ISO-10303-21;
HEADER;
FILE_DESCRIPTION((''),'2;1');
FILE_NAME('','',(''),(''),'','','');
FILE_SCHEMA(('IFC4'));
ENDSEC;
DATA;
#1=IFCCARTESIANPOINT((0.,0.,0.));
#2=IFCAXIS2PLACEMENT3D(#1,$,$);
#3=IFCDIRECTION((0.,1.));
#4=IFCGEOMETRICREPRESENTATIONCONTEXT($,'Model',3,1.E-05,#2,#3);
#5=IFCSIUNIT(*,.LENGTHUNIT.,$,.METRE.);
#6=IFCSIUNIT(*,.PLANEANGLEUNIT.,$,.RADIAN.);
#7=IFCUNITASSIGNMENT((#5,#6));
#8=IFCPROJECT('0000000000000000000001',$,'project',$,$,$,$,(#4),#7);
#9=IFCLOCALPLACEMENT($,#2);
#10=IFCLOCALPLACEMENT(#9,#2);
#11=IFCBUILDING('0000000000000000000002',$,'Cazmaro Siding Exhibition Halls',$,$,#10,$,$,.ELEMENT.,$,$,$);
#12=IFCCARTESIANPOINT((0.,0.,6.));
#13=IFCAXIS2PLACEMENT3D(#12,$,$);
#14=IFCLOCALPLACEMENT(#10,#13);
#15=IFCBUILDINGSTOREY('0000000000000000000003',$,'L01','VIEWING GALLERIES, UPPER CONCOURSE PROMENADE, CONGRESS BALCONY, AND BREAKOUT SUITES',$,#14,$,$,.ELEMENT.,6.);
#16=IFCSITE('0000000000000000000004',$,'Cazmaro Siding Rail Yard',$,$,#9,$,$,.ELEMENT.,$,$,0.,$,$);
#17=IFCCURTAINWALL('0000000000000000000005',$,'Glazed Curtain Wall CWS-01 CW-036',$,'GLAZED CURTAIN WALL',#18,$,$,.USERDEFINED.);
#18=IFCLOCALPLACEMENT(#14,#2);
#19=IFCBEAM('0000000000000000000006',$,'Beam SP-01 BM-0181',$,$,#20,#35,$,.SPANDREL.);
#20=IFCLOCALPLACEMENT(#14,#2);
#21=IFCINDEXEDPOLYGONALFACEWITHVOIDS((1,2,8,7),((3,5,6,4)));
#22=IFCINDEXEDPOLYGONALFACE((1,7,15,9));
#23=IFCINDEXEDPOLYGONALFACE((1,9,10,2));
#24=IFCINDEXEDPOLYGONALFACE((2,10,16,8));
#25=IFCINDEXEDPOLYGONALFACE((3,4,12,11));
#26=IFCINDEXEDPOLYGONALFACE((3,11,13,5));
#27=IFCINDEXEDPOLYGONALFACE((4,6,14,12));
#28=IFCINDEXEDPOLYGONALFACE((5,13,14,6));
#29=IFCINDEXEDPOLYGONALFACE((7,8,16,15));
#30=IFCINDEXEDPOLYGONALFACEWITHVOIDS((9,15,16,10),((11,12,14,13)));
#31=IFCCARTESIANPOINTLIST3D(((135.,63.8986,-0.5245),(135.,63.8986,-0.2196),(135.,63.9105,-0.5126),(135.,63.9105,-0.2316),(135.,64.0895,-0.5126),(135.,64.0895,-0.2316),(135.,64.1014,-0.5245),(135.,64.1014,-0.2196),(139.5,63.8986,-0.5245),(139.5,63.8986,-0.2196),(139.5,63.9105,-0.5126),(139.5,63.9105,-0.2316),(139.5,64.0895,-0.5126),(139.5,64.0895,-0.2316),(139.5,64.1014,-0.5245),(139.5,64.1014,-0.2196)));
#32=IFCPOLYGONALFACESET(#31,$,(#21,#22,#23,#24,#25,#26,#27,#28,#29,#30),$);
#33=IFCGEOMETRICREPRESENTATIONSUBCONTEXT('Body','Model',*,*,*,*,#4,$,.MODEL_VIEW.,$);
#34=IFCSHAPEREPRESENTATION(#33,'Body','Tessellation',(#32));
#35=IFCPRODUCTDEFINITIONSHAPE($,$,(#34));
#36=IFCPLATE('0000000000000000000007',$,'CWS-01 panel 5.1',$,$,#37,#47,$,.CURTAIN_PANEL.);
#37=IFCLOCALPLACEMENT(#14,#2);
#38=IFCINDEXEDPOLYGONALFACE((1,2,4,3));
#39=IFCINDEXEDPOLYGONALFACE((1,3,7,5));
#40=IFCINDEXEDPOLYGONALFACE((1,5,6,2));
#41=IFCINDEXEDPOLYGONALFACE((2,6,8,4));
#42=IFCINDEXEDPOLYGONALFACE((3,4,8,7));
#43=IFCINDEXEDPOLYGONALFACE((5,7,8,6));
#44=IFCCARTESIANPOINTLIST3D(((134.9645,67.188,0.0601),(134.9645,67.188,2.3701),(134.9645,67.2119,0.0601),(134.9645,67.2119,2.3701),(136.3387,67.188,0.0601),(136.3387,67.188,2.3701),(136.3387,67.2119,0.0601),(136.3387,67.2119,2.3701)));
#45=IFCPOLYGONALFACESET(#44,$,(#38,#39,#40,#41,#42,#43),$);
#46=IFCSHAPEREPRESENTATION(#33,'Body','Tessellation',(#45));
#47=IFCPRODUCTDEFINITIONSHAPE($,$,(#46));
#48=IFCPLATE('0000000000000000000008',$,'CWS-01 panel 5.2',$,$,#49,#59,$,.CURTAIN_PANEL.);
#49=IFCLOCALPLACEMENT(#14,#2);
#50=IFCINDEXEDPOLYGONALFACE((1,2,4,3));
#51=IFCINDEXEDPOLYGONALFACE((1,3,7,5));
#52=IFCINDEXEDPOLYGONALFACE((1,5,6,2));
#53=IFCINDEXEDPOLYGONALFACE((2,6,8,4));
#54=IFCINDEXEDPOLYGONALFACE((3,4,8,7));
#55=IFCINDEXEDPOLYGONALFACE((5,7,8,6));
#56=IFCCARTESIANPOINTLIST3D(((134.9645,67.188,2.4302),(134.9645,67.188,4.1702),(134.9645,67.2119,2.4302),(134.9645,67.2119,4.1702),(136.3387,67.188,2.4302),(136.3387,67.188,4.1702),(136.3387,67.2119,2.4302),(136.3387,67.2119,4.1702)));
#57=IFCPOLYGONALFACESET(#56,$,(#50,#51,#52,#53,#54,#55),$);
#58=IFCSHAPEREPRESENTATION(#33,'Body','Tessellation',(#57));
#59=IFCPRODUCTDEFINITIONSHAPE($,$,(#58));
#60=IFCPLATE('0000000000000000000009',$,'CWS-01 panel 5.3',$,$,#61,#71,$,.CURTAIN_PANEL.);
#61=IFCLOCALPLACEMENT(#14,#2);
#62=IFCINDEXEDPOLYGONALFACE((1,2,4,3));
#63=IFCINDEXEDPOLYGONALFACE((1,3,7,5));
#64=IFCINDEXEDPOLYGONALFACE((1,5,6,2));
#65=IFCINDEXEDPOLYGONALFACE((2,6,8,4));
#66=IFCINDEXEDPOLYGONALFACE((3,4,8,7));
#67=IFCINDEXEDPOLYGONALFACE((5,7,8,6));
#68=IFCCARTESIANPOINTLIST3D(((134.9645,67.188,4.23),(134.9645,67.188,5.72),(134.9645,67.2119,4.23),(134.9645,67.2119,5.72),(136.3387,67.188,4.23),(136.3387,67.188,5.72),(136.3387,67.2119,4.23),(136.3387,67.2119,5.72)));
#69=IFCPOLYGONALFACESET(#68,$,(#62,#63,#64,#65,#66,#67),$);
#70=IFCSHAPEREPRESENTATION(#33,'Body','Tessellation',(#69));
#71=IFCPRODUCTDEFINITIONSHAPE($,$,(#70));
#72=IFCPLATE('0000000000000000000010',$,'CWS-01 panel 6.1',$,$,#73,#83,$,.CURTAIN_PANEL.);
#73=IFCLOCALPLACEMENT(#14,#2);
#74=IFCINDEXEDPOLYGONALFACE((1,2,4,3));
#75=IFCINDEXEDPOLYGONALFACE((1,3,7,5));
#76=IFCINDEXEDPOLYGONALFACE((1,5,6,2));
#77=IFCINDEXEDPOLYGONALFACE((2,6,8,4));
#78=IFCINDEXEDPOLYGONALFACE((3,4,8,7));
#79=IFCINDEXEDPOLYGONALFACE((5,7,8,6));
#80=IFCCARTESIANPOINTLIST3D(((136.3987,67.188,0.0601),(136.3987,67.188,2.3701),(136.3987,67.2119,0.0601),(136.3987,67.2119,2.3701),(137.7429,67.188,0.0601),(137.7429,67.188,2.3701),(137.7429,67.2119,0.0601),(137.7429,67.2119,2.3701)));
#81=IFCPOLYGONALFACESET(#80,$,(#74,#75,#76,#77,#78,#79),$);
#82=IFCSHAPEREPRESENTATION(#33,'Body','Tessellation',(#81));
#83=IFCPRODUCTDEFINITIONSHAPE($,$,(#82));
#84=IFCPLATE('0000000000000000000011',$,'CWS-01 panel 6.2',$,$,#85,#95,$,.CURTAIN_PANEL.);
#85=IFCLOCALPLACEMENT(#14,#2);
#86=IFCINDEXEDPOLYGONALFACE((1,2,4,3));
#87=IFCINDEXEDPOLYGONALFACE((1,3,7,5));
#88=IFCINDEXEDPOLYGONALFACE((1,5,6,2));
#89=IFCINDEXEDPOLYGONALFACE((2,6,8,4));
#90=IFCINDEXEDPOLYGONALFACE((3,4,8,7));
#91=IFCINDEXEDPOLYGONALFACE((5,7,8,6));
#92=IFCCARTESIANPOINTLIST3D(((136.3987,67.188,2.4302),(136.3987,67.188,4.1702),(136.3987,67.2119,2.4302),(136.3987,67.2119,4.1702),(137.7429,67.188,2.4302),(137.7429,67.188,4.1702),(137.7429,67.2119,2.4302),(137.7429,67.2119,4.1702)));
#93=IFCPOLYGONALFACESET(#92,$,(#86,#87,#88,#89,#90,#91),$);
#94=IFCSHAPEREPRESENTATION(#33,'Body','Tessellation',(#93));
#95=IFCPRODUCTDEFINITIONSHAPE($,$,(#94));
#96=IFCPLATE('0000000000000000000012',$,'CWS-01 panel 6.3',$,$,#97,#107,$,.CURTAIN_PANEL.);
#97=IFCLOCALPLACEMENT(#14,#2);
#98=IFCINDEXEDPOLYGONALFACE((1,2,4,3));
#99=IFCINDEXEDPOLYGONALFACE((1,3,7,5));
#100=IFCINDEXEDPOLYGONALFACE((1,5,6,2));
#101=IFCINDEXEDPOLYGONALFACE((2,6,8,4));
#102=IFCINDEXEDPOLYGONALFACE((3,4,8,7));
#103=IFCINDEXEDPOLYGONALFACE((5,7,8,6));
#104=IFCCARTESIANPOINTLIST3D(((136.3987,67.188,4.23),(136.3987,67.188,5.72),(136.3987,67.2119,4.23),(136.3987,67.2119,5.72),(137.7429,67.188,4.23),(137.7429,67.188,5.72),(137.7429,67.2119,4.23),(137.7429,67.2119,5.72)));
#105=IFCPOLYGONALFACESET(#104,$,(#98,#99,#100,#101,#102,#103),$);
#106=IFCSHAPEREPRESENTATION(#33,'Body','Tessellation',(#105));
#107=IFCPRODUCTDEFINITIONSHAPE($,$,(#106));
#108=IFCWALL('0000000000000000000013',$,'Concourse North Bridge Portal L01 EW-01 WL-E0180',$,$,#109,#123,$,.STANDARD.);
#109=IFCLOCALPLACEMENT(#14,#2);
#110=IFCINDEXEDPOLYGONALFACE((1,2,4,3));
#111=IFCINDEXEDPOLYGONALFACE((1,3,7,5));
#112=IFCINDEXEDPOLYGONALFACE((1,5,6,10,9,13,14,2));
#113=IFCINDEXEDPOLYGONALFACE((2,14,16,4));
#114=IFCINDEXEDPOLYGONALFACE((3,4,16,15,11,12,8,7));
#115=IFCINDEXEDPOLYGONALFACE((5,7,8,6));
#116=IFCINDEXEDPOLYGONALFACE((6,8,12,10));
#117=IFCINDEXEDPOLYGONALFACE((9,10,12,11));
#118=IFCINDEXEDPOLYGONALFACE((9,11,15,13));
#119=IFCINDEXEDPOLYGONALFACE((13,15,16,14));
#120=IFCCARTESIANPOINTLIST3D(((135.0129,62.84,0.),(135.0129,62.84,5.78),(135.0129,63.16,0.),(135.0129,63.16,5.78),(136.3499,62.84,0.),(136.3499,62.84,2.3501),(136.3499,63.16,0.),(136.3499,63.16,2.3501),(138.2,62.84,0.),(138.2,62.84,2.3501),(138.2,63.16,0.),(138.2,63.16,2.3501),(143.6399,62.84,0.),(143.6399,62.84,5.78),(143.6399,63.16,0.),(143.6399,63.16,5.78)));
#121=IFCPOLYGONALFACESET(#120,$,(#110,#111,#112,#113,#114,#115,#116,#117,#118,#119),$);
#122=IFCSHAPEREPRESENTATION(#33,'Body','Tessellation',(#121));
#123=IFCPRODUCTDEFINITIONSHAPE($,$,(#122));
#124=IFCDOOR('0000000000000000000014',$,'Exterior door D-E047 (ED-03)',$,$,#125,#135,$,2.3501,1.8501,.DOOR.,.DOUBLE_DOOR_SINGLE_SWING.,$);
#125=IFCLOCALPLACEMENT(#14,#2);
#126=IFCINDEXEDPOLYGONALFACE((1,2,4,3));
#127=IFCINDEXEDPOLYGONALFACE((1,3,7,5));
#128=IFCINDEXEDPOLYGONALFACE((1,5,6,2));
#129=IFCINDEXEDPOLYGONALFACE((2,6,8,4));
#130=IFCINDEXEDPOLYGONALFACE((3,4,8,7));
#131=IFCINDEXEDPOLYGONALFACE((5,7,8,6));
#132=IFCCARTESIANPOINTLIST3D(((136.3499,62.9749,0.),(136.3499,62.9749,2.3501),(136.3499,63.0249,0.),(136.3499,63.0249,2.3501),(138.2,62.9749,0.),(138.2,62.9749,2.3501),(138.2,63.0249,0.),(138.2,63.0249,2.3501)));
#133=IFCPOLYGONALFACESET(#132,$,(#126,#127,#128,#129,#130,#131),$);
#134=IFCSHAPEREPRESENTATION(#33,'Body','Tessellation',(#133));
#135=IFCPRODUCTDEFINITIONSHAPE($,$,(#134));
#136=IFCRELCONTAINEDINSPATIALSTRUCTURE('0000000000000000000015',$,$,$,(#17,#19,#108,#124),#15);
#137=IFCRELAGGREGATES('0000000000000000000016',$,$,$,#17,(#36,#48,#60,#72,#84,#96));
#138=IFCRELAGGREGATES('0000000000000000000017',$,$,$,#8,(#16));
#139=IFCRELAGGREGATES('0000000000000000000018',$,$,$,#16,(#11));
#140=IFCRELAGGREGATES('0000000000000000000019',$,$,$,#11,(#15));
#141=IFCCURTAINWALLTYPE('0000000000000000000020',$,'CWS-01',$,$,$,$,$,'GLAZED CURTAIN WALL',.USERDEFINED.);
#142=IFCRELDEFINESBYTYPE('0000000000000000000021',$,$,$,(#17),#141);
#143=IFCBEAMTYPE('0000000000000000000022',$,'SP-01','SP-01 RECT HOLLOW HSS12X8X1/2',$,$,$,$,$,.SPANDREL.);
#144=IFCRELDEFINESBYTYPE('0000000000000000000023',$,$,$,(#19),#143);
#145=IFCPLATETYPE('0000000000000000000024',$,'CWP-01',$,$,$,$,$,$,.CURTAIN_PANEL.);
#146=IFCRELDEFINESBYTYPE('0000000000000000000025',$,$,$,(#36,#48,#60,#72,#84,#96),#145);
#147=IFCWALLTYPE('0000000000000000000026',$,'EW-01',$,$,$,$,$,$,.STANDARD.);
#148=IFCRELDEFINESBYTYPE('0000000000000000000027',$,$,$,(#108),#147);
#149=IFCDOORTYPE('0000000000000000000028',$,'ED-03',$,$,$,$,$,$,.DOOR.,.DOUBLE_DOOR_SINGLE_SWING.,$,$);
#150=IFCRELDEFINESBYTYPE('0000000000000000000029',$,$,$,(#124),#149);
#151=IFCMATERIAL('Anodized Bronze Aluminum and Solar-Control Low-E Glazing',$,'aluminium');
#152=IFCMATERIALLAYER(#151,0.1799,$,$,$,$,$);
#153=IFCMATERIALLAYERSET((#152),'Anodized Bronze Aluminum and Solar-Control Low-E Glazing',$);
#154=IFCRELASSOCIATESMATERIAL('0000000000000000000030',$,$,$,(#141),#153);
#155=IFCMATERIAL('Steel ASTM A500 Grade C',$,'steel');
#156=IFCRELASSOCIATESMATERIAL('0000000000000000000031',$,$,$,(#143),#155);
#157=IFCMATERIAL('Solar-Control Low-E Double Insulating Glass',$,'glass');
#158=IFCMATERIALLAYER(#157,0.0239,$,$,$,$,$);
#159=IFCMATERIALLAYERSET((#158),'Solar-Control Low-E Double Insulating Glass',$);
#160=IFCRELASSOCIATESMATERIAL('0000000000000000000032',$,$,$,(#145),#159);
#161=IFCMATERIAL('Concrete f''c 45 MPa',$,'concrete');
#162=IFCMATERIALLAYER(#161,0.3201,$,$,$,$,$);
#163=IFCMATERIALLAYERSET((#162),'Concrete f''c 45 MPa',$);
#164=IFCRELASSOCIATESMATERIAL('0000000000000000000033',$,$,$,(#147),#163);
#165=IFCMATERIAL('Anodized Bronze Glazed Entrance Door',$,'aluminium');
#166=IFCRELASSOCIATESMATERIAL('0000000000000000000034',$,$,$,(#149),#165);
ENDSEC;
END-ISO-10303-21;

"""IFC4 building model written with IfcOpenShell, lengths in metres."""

from ifc_helpers import new_model, si_unit, direction, frame, frame_2d, origin, origin_2d, place, context, subcontext, project, spatial, rectangle, hollow_rectangle, extrude, material, layer, layer_set, material_profile, profile_set, type_object, element, fill, aggregate, save


model = new_model("IFC4")

# Units and contexts
model_context = context("Model", 3, precision=1e-05, world=origin(), true_north=direction((0.0, 1.0)))
body_context = subcontext(model_context, "Body", "Model", "MODEL_VIEW")
ifc_project = project(units=[si_unit("LENGTHUNIT", "METRE"), si_unit("PLANEANGLEUNIT", "RADIAN")], contexts=[model_context])

# Site, building, storey
site_placement = place(None, origin())
site = spatial("IfcSite", under=ifc_project, at=site_placement, Name="Cazmaro Siding Rail Yard", CompositionType="ELEMENT", RefElevation=0.0)
building_placement = place(site_placement, origin())
building = spatial("IfcBuilding", under=site, at=building_placement, Name="Cazmaro Siding Exhibition Halls", CompositionType="ELEMENT")
storey_placement = place(building_placement, frame((0.0, 0.0, 6.0)))
storey = spatial("IfcBuildingStorey", under=building, at=storey_placement, Name="L01", Description="VIEWING GALLERIES, UPPER CONCOURSE PROMENADE, CONGRESS BALCONY, AND BREAKOUT SUITES", CompositionType="ELEMENT", Elevation=6.0)

# Curtain wall
ifc_material_1 = material(Name="Anodized Bronze Aluminum and Solar-Control Low-E Glazing", Category="aluminium")
ifc_layer_1 = layer(ifc_material_1, 0.1799)
ifc_layer_set_1 = layer_set([ifc_layer_1], Name="Anodized Bronze Aluminum and Solar-Control Low-E Glazing")
curtain_wall_type = type_object("IfcCurtainWallType", Name="CWS-01", ElementType="GLAZED CURTAIN WALL", PredefinedType="USERDEFINED", material=ifc_layer_set_1)
curtain_wall_placement = place(storey_placement, origin())
curtain_wall = element("IfcCurtainWall", 1, at=curtain_wall_placement, inside=storey, type_object=curtain_wall_type, Name="Glazed Curtain Wall CWS-01 CW-036", ObjectType="GLAZED CURTAIN WALL", PredefinedType="USERDEFINED")

# Beam
ifc_material_2 = material(Name="Steel ASTM A500 Grade C", Category="steel")
ifc_material_profile_1 = material_profile(ifc_material_2, hollow_rectangle(XDim=0.2029, YDim=0.3049, WallThickness=0.012, at=origin_2d()), Name="HSS12X8X1/2")
ifc_profile_set_1 = profile_set([ifc_material_profile_1], Name="Steel ASTM A500 Grade C")
beam_type_1 = type_object("IfcBeamType", Name="SP-01", Description="SP-01 RECT HOLLOW HSS12X8X1/2", PredefinedType="SPANDREL", material=ifc_profile_set_1)
beam_1_placement = place(storey_placement, frame((135.0, 64.0, -0.3721), z_axis=(1.0, 0.0, 0.0), x_axis=(0.0, 1.0, 0.0)))
element("IfcBeam", 2, at=beam_1_placement, inside=storey, type_object=beam_type_1, Name="Beam SP-01 BM-0181", PredefinedType="SPANDREL", context=body_context, shape_type="SweptSolid", body=[
    extrude(hollow_rectangle(XDim=0.2029, YDim=0.3049, WallThickness=0.012, at=origin_2d()), origin(), (0.0, 0.0, 1.0), 4.5),
])

# Plates
ifc_material_3 = material(Name="Solar-Control Low-E Double Insulating Glass", Category="glass")
ifc_layer_2 = layer(ifc_material_3, 0.0239)
ifc_layer_set_2 = layer_set([ifc_layer_2], Name="Solar-Control Low-E Double Insulating Glass")
plate_type = type_object("IfcPlateType", Name="CWP-01", PredefinedType="CURTAIN_PANEL", material=ifc_layer_set_2)
plate_1_placement = place(storey_placement, frame((135.6516, 67.2, 0.0601), z_axis=(0.0, 0.0, 1.0), x_axis=(1.0, 0.0, 0.0)))
plate_1 = element("IfcPlate", 3, at=plate_1_placement, type_object=plate_type, Name="CWS-01 panel 5.1", PredefinedType="CURTAIN_PANEL", context=body_context, shape_type="SweptSolid", body=[
    extrude(rectangle(XDim=1.3743, YDim=0.0239, at=origin_2d()), origin(), (0.0, 0.0, 1.0), 2.3101),
])
plate_2_placement = place(storey_placement, frame((135.6516, 67.2, 2.4302), z_axis=(0.0, 0.0, 1.0), x_axis=(1.0, 0.0, 0.0)))
plate_2 = element("IfcPlate", 4, at=plate_2_placement, type_object=plate_type, Name="CWS-01 panel 5.2", PredefinedType="CURTAIN_PANEL", context=body_context, shape_type="SweptSolid", body=[
    extrude(rectangle(XDim=1.3743, YDim=0.0239, at=origin_2d()), origin(), (0.0, 0.0, 1.0), 1.74),
])
plate_3_placement = place(storey_placement, frame((135.6516, 67.2, 4.23), z_axis=(0.0, 0.0, 1.0), x_axis=(1.0, 0.0, 0.0)))
plate_3 = element("IfcPlate", 5, at=plate_3_placement, type_object=plate_type, Name="CWS-01 panel 5.3", PredefinedType="CURTAIN_PANEL", context=body_context, shape_type="SweptSolid", body=[
    extrude(rectangle(XDim=1.3743, YDim=0.0239, at=origin_2d()), origin(), (0.0, 0.0, 1.0), 1.49),
])
plate_4_placement = place(storey_placement, frame((137.0708, 67.2, 0.0601), z_axis=(0.0, 0.0, 1.0), x_axis=(1.0, 0.0, 0.0)))
plate_4 = element("IfcPlate", 6, at=plate_4_placement, type_object=plate_type, Name="CWS-01 panel 6.1", PredefinedType="CURTAIN_PANEL", context=body_context, shape_type="SweptSolid", body=[
    extrude(rectangle(XDim=1.3442, YDim=0.0239, at=origin_2d()), origin(), (0.0, 0.0, 1.0), 2.3101),
])
plate_5_placement = place(storey_placement, frame((137.0708, 67.2, 2.4302), z_axis=(0.0, 0.0, 1.0), x_axis=(1.0, 0.0, 0.0)))
plate_5 = element("IfcPlate", 7, at=plate_5_placement, type_object=plate_type, Name="CWS-01 panel 6.2", PredefinedType="CURTAIN_PANEL", context=body_context, shape_type="SweptSolid", body=[
    extrude(rectangle(XDim=1.3442, YDim=0.0239, at=origin_2d()), origin(), (0.0, 0.0, 1.0), 1.74),
])
plate_6_placement = place(storey_placement, frame((137.0708, 67.2, 4.23), z_axis=(0.0, 0.0, 1.0), x_axis=(1.0, 0.0, 0.0)))
plate_6 = element("IfcPlate", 8, at=plate_6_placement, type_object=plate_type, Name="CWS-01 panel 6.3", PredefinedType="CURTAIN_PANEL", context=body_context, shape_type="SweptSolid", body=[
    extrude(rectangle(XDim=1.3442, YDim=0.0239, at=origin_2d()), origin(), (0.0, 0.0, 1.0), 1.49),
])
aggregate(curtain_wall, [plate_1, plate_2, plate_3, plate_4, plate_5, plate_6])

# Wall, opening, door
ifc_material_4 = material(Name="Concrete f'c 45 MPa", Category="concrete")
ifc_layer_3 = layer(ifc_material_4, 0.3201)
ifc_layer_set_3 = layer_set([ifc_layer_3], Name="Concrete f'c 45 MPa")
wall_type = type_object("IfcWallType", Name="EW-01", PredefinedType="STANDARD", material=ifc_layer_set_3)
wall_placement = place(storey_placement, frame((135.0129, 63.0, 0.0), z_axis=(0.0, 0.0, 1.0), x_axis=(1.0, 0.0, 0.0)))
wall = element("IfcWall", 9, at=wall_placement, inside=storey, type_object=wall_type, Name="Concourse North Bridge Portal L01 EW-01 WL-E0180", PredefinedType="STANDARD", context=body_context, shape_type="SweptSolid", body=[
    extrude(rectangle(XDim=8.627, YDim=0.3201, at=frame_2d((4.3135, 0.0))), origin(), (0.0, 0.0, 1.0), 5.78),
])
opening_placement = place(wall_placement, frame((1.3369, 0.0, 0.0)))
opening = element("IfcOpeningElement", 10, at=opening_placement, cuts=wall, PredefinedType="OPENING", context=body_context, shape_type="SweptSolid", body=[
    extrude(rectangle(XDim=1.8501, YDim=2.3501, at=frame_2d((0.925, 1.175))), frame((0.0, 0.1699, 0.0), z_axis=(0.0, -1.0, 0.0), x_axis=(1.0, 0.0, 0.0)), (0.0, 0.0, 1.0), 0.3401),
])
ifc_material_5 = material(Name="Anodized Bronze Glazed Entrance Door", Category="aluminium")
door_type = type_object("IfcDoorType", Name="ED-03", OperationType="DOUBLE_DOOR_SINGLE_SWING", PredefinedType="DOOR", material=ifc_material_5)
door_placement = place(opening_placement, origin())
door = element("IfcDoor", 11, at=door_placement, inside=storey, type_object=door_type, Name="Exterior door D-E047 (ED-03)", OperationType="DOUBLE_DOOR_SINGLE_SWING", OverallHeight=2.3501, OverallWidth=1.8501, PredefinedType="DOOR", context=body_context, shape_type="SweptSolid", body=[
    extrude(rectangle(XDim=1.8501, YDim=2.3501, at=frame_2d((0.925, 1.175))), frame((0.0, 0.0249, 0.0), z_axis=(0.0, -1.0, 0.0), x_axis=(1.0, 0.0, 0.0)), (0.0, 0.0, 1.0), 0.05),
])
fill(opening, door)

save(model, "model.ifc")
